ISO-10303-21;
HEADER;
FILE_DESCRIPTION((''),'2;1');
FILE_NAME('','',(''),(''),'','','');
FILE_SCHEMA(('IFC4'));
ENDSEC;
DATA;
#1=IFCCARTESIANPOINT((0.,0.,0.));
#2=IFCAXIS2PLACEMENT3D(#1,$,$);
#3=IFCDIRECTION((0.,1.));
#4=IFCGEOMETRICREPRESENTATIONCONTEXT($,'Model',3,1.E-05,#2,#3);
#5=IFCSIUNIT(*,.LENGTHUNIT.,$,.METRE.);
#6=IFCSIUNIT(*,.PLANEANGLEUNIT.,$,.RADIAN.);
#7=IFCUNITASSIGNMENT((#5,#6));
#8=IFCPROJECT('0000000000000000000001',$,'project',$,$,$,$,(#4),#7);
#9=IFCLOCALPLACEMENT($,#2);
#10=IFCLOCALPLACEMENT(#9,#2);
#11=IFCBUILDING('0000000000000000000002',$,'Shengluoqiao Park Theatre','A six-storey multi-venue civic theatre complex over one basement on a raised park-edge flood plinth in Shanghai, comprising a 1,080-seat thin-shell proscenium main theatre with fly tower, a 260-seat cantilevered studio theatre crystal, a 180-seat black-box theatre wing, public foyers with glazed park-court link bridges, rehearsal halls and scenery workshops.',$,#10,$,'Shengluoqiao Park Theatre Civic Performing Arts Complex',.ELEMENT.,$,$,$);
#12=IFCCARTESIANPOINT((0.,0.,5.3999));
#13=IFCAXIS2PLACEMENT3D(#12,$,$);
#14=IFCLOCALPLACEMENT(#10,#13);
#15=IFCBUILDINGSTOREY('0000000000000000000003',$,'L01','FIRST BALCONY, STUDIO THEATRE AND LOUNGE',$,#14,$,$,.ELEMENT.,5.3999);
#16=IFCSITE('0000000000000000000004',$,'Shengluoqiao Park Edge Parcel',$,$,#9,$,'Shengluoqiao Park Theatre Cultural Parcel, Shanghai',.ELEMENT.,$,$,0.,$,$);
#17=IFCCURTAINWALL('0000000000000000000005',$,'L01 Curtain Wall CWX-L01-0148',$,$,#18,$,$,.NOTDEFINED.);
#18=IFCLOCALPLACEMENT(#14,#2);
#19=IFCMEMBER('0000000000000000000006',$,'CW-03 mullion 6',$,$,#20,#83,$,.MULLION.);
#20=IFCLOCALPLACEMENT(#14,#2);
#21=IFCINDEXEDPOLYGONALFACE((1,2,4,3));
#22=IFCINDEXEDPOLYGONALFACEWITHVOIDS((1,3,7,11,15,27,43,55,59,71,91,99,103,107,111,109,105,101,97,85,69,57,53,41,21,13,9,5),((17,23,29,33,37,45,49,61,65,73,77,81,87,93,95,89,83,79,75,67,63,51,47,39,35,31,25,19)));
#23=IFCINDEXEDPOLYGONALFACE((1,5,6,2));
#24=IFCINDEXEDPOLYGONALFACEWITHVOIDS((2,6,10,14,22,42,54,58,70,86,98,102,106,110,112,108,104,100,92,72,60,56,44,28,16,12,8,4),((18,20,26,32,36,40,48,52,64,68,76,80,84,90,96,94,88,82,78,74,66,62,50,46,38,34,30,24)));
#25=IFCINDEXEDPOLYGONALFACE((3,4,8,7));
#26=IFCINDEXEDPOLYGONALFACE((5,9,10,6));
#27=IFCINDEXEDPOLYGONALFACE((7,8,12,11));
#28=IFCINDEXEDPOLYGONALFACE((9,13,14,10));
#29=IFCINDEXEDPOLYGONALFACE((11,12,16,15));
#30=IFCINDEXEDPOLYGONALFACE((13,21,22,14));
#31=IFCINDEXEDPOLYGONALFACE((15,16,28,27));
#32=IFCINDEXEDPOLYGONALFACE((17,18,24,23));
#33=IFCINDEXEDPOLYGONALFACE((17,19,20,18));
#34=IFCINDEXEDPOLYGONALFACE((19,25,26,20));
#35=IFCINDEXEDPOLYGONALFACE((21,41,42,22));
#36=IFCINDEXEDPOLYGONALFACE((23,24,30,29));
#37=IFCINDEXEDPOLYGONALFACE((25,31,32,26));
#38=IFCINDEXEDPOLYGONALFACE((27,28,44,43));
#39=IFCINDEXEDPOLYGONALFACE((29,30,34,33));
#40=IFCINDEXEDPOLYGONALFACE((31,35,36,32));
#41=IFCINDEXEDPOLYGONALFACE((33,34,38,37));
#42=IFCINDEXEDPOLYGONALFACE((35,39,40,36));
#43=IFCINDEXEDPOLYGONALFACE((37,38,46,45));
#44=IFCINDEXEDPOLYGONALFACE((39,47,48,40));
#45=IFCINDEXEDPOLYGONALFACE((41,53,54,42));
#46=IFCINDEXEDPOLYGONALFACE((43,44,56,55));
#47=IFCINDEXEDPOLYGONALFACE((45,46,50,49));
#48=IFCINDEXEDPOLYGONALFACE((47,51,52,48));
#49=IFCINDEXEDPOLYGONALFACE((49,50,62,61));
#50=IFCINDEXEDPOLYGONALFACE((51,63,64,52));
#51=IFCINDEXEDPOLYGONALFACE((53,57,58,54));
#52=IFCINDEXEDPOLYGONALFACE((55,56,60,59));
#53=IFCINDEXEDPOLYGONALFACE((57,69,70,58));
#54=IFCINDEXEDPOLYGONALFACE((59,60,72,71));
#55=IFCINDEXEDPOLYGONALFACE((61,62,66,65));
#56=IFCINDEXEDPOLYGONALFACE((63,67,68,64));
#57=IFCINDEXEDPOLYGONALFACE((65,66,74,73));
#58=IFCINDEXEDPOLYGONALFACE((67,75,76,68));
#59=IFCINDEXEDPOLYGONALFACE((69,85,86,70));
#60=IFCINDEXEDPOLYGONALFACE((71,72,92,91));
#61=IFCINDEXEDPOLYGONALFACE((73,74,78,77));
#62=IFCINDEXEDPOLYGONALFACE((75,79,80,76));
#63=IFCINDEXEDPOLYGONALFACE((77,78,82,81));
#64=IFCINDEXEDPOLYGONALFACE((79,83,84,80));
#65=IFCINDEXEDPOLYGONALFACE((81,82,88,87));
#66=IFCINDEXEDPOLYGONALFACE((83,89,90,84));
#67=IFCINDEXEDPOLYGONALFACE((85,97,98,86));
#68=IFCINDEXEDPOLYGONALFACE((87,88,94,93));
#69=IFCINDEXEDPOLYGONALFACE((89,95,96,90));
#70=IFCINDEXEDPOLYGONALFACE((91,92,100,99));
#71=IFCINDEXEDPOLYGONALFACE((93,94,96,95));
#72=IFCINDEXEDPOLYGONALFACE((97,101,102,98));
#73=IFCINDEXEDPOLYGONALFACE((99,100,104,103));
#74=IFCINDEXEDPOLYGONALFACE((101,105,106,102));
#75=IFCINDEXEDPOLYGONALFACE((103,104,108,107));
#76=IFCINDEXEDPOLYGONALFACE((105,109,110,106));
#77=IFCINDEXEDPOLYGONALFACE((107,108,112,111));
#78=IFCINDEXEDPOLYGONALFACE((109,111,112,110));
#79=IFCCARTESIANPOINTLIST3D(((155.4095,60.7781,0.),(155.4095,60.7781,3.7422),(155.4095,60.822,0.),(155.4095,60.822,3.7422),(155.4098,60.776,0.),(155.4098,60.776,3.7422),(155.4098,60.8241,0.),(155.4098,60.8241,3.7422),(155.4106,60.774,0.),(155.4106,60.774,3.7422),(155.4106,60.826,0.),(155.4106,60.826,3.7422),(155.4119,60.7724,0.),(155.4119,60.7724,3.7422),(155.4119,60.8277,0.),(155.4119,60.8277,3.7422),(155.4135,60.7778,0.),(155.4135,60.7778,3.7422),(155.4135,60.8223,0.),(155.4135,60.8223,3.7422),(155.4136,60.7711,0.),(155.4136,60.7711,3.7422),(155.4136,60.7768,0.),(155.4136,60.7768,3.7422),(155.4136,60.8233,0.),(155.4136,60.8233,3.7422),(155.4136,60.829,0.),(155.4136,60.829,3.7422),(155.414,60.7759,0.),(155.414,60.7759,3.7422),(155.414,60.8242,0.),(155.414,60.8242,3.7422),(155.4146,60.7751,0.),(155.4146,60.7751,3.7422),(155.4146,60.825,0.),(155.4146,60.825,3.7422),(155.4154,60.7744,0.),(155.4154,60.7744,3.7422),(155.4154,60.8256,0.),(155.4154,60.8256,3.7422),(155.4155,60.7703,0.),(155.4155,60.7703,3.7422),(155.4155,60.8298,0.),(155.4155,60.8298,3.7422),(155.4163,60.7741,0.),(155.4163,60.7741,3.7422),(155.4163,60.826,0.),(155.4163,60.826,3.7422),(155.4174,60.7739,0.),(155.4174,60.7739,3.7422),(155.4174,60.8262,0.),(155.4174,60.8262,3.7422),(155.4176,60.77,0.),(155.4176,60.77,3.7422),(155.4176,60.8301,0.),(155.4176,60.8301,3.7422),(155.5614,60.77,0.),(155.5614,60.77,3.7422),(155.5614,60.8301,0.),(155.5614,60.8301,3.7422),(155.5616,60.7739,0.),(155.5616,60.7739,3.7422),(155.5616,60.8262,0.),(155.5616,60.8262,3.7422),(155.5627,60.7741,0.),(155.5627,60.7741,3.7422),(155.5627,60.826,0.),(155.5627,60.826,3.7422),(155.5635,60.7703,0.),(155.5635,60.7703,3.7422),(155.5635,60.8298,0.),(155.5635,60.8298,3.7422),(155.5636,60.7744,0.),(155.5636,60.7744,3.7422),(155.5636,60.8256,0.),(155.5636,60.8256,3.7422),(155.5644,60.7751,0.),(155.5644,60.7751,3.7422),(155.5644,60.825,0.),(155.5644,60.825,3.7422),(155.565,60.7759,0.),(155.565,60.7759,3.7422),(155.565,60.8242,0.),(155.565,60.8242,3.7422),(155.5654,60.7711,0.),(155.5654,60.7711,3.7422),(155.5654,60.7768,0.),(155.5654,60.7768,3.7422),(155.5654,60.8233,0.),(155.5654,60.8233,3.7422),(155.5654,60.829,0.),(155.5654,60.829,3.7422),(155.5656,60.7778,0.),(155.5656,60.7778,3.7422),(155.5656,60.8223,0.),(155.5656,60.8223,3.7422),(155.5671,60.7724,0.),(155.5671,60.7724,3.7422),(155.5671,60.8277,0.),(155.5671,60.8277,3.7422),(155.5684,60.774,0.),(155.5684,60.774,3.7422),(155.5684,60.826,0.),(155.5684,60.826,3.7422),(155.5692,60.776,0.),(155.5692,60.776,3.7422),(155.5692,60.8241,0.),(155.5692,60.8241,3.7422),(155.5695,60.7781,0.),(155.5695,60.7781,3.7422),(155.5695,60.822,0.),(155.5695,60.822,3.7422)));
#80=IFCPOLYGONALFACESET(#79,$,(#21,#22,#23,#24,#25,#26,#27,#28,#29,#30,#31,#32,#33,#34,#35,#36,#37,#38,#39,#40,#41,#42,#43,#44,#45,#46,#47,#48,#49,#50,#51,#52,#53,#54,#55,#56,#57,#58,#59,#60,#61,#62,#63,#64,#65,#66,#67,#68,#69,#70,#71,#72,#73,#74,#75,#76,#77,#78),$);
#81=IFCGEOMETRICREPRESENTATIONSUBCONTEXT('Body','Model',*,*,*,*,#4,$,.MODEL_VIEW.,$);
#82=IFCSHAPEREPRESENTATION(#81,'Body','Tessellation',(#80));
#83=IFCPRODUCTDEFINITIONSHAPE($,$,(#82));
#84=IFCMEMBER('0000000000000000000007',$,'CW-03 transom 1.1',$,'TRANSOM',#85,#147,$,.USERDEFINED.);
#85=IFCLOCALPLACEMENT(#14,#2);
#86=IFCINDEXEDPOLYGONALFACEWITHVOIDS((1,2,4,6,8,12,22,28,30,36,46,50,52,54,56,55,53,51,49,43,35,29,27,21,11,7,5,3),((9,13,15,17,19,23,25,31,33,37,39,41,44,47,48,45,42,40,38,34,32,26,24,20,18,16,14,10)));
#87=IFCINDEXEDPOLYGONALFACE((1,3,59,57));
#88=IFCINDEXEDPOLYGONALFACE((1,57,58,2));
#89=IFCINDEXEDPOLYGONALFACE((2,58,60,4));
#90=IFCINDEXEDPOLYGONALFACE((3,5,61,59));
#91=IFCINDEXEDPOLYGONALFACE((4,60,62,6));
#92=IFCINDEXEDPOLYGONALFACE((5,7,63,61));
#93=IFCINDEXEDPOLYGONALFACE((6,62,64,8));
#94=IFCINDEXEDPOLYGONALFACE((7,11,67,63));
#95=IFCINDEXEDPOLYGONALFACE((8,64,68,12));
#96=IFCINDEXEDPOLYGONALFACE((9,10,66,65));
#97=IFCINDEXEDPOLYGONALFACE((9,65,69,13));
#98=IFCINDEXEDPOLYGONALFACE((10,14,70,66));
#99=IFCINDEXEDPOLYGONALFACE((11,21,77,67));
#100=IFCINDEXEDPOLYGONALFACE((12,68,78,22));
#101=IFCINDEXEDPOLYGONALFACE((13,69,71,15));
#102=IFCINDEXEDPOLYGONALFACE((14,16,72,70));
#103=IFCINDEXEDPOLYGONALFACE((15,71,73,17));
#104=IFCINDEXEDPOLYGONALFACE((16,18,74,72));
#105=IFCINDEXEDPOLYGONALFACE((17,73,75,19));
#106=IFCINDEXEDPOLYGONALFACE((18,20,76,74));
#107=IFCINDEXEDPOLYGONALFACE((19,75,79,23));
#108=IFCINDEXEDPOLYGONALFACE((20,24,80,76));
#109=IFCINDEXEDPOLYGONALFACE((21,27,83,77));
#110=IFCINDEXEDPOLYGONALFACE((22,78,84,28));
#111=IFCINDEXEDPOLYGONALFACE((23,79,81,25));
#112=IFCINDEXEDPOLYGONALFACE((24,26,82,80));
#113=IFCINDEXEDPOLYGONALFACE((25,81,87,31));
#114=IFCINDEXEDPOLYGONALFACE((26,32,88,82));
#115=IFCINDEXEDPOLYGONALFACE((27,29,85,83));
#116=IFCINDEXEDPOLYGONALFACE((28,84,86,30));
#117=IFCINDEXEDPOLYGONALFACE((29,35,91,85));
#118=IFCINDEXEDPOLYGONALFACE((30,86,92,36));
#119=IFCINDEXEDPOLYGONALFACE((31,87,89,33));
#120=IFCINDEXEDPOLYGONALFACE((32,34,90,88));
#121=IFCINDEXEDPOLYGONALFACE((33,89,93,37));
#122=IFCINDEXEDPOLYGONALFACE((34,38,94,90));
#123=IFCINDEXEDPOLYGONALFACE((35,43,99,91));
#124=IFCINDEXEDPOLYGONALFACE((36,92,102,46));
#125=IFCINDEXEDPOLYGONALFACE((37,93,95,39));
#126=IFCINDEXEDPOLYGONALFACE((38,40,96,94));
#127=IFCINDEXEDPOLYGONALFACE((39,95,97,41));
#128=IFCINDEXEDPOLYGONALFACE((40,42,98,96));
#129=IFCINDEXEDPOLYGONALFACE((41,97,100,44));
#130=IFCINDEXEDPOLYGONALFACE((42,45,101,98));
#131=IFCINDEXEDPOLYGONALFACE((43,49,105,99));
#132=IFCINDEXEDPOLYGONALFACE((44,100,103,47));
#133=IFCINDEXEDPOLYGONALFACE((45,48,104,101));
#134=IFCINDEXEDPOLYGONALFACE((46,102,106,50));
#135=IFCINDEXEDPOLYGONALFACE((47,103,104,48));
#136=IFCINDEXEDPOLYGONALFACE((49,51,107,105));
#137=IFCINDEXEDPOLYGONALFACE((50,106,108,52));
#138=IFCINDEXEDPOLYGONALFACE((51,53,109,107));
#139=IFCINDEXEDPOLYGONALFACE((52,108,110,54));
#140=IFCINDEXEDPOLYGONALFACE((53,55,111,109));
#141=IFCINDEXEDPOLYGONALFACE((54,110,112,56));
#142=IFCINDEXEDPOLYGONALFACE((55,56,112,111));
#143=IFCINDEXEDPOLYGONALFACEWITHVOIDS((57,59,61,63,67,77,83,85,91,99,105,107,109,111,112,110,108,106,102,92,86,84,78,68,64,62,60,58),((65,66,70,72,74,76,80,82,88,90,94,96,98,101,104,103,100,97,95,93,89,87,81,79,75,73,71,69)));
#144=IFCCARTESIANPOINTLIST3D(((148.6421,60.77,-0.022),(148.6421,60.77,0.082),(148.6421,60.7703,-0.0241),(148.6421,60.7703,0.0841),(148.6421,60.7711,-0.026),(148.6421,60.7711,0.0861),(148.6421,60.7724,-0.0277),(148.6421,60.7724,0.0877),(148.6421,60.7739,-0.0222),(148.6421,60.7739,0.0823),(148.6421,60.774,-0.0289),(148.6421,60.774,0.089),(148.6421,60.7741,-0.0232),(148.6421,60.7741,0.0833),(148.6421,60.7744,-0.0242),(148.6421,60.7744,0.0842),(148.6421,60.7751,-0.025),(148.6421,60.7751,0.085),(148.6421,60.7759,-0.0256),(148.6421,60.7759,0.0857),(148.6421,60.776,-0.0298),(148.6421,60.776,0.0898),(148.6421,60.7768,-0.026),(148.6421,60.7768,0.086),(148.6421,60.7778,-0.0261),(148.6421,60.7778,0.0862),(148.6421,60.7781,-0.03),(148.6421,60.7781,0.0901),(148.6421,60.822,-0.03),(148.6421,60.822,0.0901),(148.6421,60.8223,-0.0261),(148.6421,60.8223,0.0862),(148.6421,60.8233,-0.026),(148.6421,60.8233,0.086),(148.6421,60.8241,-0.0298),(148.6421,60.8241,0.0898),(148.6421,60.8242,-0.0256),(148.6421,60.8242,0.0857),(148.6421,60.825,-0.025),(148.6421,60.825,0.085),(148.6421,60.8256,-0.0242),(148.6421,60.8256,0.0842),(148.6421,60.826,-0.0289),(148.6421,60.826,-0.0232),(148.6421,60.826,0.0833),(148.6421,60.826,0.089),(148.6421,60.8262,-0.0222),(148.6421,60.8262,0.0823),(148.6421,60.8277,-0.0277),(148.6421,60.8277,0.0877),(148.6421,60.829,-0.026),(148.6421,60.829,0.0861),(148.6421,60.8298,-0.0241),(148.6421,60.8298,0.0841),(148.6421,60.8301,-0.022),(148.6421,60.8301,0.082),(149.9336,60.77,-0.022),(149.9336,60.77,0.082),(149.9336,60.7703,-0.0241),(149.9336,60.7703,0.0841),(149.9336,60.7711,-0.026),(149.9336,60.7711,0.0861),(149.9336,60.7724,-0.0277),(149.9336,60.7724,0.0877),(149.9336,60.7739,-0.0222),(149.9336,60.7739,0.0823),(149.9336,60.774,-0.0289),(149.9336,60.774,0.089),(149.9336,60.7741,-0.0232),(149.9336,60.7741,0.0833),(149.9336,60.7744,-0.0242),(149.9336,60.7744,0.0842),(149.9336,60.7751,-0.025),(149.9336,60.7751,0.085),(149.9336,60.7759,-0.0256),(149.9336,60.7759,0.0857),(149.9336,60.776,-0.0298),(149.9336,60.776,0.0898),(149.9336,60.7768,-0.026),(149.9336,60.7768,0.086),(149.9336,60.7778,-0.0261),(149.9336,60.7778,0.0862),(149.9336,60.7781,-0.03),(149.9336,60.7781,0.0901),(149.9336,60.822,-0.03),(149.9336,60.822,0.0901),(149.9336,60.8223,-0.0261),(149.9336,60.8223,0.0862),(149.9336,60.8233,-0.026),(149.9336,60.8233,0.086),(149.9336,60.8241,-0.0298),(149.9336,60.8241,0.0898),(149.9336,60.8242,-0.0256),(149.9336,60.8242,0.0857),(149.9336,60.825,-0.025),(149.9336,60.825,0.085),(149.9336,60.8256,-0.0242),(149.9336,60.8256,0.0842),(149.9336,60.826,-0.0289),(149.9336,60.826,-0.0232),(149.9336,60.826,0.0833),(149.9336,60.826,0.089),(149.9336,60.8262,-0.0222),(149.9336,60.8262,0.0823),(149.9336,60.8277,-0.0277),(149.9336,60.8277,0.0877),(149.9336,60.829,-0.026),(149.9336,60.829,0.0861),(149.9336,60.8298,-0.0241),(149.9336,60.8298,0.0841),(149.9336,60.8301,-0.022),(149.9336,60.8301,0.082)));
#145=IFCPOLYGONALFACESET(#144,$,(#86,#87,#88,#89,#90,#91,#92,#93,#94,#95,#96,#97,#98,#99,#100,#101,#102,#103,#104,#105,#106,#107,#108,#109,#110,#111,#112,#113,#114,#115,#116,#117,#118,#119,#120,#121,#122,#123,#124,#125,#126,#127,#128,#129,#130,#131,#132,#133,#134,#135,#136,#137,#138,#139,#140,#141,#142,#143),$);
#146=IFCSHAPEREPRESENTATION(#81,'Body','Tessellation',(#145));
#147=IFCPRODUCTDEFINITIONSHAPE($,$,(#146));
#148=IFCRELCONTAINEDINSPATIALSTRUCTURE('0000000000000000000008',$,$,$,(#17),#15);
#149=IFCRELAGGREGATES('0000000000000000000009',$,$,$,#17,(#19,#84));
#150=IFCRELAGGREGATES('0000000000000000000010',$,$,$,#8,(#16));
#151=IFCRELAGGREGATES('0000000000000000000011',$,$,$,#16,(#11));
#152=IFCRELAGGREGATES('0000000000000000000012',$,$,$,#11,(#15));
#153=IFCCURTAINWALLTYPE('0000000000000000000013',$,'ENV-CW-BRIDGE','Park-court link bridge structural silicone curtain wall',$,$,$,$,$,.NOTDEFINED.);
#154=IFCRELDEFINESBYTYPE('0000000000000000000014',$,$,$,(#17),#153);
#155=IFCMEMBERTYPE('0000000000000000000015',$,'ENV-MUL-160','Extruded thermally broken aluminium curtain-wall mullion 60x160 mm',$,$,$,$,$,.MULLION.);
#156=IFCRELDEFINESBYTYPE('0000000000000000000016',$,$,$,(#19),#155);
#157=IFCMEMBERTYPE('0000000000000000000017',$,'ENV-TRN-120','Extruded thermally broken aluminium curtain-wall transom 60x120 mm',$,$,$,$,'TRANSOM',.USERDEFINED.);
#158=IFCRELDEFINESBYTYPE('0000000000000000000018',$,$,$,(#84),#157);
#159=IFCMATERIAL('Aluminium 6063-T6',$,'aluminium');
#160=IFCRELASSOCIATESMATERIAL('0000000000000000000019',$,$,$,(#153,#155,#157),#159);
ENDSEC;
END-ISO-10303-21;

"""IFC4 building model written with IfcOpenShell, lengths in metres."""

from ifc_helpers import new_model, si_unit, direction, frame, origin, origin_2d, place, context, subcontext, project, spatial, hollow_rectangle, extrude, material, material_profile, profile_set, type_object, element, aggregate, save


model = new_model("IFC4")

# Units and contexts
model_context = context("Model", 3, precision=1e-05, world=origin(), true_north=direction((0.0, 1.0)))
body_context = subcontext(model_context, "Body", "Model", "MODEL_VIEW")
ifc_project = project(units=[si_unit("LENGTHUNIT", "METRE"), si_unit("PLANEANGLEUNIT", "RADIAN")], contexts=[model_context])

# Site, building, storey
site_placement = place(None, origin())
site = spatial("IfcSite", under=ifc_project, at=site_placement, Name="Shengluoqiao Park Edge Parcel", LongName="Shengluoqiao Park Theatre Cultural Parcel, Shanghai", CompositionType="ELEMENT", RefElevation=0.0)
building_placement = place(site_placement, origin())
building = spatial("IfcBuilding", under=site, at=building_placement, Name="Shengluoqiao Park Theatre", Description="A six-storey multi-venue civic theatre complex over one basement on a raised park-edge flood plinth in Shanghai, comprising a 1,080-seat thin-shell proscenium main theatre with fly tower, a 260-seat cantilevered studio theatre crystal, a 180-seat black-box theatre wing, public foyers with glazed park-court link bridges, rehearsal halls and scenery workshops.", LongName="Shengluoqiao Park Theatre Civic Performing Arts Complex", CompositionType="ELEMENT")
storey_placement = place(building_placement, frame((0.0, 0.0, 5.3999)))
storey = spatial("IfcBuildingStorey", under=building, at=storey_placement, Name="L01", Description="FIRST BALCONY, STUDIO THEATRE AND LOUNGE", CompositionType="ELEMENT", Elevation=5.3999)

# Curtain wall, members
ifc_material_1 = material(Name="Aluminium 6063-T6", Category="aluminium")
curtain_wall_type = type_object("IfcCurtainWallType", Name="ENV-CW-BRIDGE", Description="Park-court link bridge structural silicone curtain wall", PredefinedType="NOTDEFINED", material=ifc_material_1)
curtain_wall_placement = place(storey_placement, origin())
curtain_wall = element("IfcCurtainWall", 1, at=curtain_wall_placement, inside=storey, type_object=curtain_wall_type, Name="L01 Curtain Wall CWX-L01-0148", PredefinedType="NOTDEFINED")
ifc_material_profile_1 = material_profile(ifc_material_1, hollow_rectangle(XDim=0.0601, YDim=0.1599, WallThickness=0.0039, InnerFilletRadius=0.0039, OuterFilletRadius=0.0081, at=origin_2d()), Name="ALU MULLION 160x60x4")
ifc_profile_set_1 = profile_set([ifc_material_profile_1], Name="Aluminium 6063-T6")
member_type_1 = type_object("IfcMemberType", Name="ENV-MUL-160", Description="Extruded thermally broken aluminium curtain-wall mullion 60x160 mm", PredefinedType="MULLION", material=ifc_profile_set_1)
member_1_placement = place(storey_placement, frame((155.4895, 60.8, 0.0), z_axis=(0.0, 0.0, 1.0), x_axis=(0.0, 1.0, 0.0)))
member_1 = element("IfcMember", 2, at=member_1_placement, type_object=member_type_1, Name="CW-03 mullion 6", PredefinedType="MULLION", context=body_context, shape_type="SweptSolid", body=[
    extrude(hollow_rectangle(XDim=0.0601, YDim=0.1599, WallThickness=0.0039, InnerFilletRadius=0.0039, OuterFilletRadius=0.0081, at=origin_2d()), origin(), (0.0, 0.0, 1.0), 3.7422),
])
ifc_material_profile_2 = material_profile(ifc_material_1, hollow_rectangle(XDim=0.0601, YDim=0.1201, WallThickness=0.0039, InnerFilletRadius=0.0039, OuterFilletRadius=0.0081, at=origin_2d()), Name="ALU TRANSOM 120x60x4")
ifc_profile_set_2 = profile_set([ifc_material_profile_2], Name="Aluminium 6063-T6")
member_type_2 = type_object("IfcMemberType", Name="ENV-TRN-120", Description="Extruded thermally broken aluminium curtain-wall transom 60x120 mm", ElementType="TRANSOM", PredefinedType="USERDEFINED", material=ifc_profile_set_2)
member_2_placement = place(storey_placement, frame((148.6421, 60.8, 0.03), z_axis=(1.0, 0.0, 0.0), x_axis=(0.0, 1.0, 0.0)))
member_2 = element("IfcMember", 3, at=member_2_placement, type_object=member_type_2, Name="CW-03 transom 1.1", ObjectType="TRANSOM", PredefinedType="USERDEFINED", context=body_context, shape_type="SweptSolid", body=[
    extrude(hollow_rectangle(XDim=0.0601, YDim=0.1201, WallThickness=0.0039, InnerFilletRadius=0.0039, OuterFilletRadius=0.0081, at=origin_2d()), origin(), (0.0, 0.0, 1.0), 1.2915),
])

aggregate(curtain_wall, [member_1, member_2])

save(model, "model.ifc")
